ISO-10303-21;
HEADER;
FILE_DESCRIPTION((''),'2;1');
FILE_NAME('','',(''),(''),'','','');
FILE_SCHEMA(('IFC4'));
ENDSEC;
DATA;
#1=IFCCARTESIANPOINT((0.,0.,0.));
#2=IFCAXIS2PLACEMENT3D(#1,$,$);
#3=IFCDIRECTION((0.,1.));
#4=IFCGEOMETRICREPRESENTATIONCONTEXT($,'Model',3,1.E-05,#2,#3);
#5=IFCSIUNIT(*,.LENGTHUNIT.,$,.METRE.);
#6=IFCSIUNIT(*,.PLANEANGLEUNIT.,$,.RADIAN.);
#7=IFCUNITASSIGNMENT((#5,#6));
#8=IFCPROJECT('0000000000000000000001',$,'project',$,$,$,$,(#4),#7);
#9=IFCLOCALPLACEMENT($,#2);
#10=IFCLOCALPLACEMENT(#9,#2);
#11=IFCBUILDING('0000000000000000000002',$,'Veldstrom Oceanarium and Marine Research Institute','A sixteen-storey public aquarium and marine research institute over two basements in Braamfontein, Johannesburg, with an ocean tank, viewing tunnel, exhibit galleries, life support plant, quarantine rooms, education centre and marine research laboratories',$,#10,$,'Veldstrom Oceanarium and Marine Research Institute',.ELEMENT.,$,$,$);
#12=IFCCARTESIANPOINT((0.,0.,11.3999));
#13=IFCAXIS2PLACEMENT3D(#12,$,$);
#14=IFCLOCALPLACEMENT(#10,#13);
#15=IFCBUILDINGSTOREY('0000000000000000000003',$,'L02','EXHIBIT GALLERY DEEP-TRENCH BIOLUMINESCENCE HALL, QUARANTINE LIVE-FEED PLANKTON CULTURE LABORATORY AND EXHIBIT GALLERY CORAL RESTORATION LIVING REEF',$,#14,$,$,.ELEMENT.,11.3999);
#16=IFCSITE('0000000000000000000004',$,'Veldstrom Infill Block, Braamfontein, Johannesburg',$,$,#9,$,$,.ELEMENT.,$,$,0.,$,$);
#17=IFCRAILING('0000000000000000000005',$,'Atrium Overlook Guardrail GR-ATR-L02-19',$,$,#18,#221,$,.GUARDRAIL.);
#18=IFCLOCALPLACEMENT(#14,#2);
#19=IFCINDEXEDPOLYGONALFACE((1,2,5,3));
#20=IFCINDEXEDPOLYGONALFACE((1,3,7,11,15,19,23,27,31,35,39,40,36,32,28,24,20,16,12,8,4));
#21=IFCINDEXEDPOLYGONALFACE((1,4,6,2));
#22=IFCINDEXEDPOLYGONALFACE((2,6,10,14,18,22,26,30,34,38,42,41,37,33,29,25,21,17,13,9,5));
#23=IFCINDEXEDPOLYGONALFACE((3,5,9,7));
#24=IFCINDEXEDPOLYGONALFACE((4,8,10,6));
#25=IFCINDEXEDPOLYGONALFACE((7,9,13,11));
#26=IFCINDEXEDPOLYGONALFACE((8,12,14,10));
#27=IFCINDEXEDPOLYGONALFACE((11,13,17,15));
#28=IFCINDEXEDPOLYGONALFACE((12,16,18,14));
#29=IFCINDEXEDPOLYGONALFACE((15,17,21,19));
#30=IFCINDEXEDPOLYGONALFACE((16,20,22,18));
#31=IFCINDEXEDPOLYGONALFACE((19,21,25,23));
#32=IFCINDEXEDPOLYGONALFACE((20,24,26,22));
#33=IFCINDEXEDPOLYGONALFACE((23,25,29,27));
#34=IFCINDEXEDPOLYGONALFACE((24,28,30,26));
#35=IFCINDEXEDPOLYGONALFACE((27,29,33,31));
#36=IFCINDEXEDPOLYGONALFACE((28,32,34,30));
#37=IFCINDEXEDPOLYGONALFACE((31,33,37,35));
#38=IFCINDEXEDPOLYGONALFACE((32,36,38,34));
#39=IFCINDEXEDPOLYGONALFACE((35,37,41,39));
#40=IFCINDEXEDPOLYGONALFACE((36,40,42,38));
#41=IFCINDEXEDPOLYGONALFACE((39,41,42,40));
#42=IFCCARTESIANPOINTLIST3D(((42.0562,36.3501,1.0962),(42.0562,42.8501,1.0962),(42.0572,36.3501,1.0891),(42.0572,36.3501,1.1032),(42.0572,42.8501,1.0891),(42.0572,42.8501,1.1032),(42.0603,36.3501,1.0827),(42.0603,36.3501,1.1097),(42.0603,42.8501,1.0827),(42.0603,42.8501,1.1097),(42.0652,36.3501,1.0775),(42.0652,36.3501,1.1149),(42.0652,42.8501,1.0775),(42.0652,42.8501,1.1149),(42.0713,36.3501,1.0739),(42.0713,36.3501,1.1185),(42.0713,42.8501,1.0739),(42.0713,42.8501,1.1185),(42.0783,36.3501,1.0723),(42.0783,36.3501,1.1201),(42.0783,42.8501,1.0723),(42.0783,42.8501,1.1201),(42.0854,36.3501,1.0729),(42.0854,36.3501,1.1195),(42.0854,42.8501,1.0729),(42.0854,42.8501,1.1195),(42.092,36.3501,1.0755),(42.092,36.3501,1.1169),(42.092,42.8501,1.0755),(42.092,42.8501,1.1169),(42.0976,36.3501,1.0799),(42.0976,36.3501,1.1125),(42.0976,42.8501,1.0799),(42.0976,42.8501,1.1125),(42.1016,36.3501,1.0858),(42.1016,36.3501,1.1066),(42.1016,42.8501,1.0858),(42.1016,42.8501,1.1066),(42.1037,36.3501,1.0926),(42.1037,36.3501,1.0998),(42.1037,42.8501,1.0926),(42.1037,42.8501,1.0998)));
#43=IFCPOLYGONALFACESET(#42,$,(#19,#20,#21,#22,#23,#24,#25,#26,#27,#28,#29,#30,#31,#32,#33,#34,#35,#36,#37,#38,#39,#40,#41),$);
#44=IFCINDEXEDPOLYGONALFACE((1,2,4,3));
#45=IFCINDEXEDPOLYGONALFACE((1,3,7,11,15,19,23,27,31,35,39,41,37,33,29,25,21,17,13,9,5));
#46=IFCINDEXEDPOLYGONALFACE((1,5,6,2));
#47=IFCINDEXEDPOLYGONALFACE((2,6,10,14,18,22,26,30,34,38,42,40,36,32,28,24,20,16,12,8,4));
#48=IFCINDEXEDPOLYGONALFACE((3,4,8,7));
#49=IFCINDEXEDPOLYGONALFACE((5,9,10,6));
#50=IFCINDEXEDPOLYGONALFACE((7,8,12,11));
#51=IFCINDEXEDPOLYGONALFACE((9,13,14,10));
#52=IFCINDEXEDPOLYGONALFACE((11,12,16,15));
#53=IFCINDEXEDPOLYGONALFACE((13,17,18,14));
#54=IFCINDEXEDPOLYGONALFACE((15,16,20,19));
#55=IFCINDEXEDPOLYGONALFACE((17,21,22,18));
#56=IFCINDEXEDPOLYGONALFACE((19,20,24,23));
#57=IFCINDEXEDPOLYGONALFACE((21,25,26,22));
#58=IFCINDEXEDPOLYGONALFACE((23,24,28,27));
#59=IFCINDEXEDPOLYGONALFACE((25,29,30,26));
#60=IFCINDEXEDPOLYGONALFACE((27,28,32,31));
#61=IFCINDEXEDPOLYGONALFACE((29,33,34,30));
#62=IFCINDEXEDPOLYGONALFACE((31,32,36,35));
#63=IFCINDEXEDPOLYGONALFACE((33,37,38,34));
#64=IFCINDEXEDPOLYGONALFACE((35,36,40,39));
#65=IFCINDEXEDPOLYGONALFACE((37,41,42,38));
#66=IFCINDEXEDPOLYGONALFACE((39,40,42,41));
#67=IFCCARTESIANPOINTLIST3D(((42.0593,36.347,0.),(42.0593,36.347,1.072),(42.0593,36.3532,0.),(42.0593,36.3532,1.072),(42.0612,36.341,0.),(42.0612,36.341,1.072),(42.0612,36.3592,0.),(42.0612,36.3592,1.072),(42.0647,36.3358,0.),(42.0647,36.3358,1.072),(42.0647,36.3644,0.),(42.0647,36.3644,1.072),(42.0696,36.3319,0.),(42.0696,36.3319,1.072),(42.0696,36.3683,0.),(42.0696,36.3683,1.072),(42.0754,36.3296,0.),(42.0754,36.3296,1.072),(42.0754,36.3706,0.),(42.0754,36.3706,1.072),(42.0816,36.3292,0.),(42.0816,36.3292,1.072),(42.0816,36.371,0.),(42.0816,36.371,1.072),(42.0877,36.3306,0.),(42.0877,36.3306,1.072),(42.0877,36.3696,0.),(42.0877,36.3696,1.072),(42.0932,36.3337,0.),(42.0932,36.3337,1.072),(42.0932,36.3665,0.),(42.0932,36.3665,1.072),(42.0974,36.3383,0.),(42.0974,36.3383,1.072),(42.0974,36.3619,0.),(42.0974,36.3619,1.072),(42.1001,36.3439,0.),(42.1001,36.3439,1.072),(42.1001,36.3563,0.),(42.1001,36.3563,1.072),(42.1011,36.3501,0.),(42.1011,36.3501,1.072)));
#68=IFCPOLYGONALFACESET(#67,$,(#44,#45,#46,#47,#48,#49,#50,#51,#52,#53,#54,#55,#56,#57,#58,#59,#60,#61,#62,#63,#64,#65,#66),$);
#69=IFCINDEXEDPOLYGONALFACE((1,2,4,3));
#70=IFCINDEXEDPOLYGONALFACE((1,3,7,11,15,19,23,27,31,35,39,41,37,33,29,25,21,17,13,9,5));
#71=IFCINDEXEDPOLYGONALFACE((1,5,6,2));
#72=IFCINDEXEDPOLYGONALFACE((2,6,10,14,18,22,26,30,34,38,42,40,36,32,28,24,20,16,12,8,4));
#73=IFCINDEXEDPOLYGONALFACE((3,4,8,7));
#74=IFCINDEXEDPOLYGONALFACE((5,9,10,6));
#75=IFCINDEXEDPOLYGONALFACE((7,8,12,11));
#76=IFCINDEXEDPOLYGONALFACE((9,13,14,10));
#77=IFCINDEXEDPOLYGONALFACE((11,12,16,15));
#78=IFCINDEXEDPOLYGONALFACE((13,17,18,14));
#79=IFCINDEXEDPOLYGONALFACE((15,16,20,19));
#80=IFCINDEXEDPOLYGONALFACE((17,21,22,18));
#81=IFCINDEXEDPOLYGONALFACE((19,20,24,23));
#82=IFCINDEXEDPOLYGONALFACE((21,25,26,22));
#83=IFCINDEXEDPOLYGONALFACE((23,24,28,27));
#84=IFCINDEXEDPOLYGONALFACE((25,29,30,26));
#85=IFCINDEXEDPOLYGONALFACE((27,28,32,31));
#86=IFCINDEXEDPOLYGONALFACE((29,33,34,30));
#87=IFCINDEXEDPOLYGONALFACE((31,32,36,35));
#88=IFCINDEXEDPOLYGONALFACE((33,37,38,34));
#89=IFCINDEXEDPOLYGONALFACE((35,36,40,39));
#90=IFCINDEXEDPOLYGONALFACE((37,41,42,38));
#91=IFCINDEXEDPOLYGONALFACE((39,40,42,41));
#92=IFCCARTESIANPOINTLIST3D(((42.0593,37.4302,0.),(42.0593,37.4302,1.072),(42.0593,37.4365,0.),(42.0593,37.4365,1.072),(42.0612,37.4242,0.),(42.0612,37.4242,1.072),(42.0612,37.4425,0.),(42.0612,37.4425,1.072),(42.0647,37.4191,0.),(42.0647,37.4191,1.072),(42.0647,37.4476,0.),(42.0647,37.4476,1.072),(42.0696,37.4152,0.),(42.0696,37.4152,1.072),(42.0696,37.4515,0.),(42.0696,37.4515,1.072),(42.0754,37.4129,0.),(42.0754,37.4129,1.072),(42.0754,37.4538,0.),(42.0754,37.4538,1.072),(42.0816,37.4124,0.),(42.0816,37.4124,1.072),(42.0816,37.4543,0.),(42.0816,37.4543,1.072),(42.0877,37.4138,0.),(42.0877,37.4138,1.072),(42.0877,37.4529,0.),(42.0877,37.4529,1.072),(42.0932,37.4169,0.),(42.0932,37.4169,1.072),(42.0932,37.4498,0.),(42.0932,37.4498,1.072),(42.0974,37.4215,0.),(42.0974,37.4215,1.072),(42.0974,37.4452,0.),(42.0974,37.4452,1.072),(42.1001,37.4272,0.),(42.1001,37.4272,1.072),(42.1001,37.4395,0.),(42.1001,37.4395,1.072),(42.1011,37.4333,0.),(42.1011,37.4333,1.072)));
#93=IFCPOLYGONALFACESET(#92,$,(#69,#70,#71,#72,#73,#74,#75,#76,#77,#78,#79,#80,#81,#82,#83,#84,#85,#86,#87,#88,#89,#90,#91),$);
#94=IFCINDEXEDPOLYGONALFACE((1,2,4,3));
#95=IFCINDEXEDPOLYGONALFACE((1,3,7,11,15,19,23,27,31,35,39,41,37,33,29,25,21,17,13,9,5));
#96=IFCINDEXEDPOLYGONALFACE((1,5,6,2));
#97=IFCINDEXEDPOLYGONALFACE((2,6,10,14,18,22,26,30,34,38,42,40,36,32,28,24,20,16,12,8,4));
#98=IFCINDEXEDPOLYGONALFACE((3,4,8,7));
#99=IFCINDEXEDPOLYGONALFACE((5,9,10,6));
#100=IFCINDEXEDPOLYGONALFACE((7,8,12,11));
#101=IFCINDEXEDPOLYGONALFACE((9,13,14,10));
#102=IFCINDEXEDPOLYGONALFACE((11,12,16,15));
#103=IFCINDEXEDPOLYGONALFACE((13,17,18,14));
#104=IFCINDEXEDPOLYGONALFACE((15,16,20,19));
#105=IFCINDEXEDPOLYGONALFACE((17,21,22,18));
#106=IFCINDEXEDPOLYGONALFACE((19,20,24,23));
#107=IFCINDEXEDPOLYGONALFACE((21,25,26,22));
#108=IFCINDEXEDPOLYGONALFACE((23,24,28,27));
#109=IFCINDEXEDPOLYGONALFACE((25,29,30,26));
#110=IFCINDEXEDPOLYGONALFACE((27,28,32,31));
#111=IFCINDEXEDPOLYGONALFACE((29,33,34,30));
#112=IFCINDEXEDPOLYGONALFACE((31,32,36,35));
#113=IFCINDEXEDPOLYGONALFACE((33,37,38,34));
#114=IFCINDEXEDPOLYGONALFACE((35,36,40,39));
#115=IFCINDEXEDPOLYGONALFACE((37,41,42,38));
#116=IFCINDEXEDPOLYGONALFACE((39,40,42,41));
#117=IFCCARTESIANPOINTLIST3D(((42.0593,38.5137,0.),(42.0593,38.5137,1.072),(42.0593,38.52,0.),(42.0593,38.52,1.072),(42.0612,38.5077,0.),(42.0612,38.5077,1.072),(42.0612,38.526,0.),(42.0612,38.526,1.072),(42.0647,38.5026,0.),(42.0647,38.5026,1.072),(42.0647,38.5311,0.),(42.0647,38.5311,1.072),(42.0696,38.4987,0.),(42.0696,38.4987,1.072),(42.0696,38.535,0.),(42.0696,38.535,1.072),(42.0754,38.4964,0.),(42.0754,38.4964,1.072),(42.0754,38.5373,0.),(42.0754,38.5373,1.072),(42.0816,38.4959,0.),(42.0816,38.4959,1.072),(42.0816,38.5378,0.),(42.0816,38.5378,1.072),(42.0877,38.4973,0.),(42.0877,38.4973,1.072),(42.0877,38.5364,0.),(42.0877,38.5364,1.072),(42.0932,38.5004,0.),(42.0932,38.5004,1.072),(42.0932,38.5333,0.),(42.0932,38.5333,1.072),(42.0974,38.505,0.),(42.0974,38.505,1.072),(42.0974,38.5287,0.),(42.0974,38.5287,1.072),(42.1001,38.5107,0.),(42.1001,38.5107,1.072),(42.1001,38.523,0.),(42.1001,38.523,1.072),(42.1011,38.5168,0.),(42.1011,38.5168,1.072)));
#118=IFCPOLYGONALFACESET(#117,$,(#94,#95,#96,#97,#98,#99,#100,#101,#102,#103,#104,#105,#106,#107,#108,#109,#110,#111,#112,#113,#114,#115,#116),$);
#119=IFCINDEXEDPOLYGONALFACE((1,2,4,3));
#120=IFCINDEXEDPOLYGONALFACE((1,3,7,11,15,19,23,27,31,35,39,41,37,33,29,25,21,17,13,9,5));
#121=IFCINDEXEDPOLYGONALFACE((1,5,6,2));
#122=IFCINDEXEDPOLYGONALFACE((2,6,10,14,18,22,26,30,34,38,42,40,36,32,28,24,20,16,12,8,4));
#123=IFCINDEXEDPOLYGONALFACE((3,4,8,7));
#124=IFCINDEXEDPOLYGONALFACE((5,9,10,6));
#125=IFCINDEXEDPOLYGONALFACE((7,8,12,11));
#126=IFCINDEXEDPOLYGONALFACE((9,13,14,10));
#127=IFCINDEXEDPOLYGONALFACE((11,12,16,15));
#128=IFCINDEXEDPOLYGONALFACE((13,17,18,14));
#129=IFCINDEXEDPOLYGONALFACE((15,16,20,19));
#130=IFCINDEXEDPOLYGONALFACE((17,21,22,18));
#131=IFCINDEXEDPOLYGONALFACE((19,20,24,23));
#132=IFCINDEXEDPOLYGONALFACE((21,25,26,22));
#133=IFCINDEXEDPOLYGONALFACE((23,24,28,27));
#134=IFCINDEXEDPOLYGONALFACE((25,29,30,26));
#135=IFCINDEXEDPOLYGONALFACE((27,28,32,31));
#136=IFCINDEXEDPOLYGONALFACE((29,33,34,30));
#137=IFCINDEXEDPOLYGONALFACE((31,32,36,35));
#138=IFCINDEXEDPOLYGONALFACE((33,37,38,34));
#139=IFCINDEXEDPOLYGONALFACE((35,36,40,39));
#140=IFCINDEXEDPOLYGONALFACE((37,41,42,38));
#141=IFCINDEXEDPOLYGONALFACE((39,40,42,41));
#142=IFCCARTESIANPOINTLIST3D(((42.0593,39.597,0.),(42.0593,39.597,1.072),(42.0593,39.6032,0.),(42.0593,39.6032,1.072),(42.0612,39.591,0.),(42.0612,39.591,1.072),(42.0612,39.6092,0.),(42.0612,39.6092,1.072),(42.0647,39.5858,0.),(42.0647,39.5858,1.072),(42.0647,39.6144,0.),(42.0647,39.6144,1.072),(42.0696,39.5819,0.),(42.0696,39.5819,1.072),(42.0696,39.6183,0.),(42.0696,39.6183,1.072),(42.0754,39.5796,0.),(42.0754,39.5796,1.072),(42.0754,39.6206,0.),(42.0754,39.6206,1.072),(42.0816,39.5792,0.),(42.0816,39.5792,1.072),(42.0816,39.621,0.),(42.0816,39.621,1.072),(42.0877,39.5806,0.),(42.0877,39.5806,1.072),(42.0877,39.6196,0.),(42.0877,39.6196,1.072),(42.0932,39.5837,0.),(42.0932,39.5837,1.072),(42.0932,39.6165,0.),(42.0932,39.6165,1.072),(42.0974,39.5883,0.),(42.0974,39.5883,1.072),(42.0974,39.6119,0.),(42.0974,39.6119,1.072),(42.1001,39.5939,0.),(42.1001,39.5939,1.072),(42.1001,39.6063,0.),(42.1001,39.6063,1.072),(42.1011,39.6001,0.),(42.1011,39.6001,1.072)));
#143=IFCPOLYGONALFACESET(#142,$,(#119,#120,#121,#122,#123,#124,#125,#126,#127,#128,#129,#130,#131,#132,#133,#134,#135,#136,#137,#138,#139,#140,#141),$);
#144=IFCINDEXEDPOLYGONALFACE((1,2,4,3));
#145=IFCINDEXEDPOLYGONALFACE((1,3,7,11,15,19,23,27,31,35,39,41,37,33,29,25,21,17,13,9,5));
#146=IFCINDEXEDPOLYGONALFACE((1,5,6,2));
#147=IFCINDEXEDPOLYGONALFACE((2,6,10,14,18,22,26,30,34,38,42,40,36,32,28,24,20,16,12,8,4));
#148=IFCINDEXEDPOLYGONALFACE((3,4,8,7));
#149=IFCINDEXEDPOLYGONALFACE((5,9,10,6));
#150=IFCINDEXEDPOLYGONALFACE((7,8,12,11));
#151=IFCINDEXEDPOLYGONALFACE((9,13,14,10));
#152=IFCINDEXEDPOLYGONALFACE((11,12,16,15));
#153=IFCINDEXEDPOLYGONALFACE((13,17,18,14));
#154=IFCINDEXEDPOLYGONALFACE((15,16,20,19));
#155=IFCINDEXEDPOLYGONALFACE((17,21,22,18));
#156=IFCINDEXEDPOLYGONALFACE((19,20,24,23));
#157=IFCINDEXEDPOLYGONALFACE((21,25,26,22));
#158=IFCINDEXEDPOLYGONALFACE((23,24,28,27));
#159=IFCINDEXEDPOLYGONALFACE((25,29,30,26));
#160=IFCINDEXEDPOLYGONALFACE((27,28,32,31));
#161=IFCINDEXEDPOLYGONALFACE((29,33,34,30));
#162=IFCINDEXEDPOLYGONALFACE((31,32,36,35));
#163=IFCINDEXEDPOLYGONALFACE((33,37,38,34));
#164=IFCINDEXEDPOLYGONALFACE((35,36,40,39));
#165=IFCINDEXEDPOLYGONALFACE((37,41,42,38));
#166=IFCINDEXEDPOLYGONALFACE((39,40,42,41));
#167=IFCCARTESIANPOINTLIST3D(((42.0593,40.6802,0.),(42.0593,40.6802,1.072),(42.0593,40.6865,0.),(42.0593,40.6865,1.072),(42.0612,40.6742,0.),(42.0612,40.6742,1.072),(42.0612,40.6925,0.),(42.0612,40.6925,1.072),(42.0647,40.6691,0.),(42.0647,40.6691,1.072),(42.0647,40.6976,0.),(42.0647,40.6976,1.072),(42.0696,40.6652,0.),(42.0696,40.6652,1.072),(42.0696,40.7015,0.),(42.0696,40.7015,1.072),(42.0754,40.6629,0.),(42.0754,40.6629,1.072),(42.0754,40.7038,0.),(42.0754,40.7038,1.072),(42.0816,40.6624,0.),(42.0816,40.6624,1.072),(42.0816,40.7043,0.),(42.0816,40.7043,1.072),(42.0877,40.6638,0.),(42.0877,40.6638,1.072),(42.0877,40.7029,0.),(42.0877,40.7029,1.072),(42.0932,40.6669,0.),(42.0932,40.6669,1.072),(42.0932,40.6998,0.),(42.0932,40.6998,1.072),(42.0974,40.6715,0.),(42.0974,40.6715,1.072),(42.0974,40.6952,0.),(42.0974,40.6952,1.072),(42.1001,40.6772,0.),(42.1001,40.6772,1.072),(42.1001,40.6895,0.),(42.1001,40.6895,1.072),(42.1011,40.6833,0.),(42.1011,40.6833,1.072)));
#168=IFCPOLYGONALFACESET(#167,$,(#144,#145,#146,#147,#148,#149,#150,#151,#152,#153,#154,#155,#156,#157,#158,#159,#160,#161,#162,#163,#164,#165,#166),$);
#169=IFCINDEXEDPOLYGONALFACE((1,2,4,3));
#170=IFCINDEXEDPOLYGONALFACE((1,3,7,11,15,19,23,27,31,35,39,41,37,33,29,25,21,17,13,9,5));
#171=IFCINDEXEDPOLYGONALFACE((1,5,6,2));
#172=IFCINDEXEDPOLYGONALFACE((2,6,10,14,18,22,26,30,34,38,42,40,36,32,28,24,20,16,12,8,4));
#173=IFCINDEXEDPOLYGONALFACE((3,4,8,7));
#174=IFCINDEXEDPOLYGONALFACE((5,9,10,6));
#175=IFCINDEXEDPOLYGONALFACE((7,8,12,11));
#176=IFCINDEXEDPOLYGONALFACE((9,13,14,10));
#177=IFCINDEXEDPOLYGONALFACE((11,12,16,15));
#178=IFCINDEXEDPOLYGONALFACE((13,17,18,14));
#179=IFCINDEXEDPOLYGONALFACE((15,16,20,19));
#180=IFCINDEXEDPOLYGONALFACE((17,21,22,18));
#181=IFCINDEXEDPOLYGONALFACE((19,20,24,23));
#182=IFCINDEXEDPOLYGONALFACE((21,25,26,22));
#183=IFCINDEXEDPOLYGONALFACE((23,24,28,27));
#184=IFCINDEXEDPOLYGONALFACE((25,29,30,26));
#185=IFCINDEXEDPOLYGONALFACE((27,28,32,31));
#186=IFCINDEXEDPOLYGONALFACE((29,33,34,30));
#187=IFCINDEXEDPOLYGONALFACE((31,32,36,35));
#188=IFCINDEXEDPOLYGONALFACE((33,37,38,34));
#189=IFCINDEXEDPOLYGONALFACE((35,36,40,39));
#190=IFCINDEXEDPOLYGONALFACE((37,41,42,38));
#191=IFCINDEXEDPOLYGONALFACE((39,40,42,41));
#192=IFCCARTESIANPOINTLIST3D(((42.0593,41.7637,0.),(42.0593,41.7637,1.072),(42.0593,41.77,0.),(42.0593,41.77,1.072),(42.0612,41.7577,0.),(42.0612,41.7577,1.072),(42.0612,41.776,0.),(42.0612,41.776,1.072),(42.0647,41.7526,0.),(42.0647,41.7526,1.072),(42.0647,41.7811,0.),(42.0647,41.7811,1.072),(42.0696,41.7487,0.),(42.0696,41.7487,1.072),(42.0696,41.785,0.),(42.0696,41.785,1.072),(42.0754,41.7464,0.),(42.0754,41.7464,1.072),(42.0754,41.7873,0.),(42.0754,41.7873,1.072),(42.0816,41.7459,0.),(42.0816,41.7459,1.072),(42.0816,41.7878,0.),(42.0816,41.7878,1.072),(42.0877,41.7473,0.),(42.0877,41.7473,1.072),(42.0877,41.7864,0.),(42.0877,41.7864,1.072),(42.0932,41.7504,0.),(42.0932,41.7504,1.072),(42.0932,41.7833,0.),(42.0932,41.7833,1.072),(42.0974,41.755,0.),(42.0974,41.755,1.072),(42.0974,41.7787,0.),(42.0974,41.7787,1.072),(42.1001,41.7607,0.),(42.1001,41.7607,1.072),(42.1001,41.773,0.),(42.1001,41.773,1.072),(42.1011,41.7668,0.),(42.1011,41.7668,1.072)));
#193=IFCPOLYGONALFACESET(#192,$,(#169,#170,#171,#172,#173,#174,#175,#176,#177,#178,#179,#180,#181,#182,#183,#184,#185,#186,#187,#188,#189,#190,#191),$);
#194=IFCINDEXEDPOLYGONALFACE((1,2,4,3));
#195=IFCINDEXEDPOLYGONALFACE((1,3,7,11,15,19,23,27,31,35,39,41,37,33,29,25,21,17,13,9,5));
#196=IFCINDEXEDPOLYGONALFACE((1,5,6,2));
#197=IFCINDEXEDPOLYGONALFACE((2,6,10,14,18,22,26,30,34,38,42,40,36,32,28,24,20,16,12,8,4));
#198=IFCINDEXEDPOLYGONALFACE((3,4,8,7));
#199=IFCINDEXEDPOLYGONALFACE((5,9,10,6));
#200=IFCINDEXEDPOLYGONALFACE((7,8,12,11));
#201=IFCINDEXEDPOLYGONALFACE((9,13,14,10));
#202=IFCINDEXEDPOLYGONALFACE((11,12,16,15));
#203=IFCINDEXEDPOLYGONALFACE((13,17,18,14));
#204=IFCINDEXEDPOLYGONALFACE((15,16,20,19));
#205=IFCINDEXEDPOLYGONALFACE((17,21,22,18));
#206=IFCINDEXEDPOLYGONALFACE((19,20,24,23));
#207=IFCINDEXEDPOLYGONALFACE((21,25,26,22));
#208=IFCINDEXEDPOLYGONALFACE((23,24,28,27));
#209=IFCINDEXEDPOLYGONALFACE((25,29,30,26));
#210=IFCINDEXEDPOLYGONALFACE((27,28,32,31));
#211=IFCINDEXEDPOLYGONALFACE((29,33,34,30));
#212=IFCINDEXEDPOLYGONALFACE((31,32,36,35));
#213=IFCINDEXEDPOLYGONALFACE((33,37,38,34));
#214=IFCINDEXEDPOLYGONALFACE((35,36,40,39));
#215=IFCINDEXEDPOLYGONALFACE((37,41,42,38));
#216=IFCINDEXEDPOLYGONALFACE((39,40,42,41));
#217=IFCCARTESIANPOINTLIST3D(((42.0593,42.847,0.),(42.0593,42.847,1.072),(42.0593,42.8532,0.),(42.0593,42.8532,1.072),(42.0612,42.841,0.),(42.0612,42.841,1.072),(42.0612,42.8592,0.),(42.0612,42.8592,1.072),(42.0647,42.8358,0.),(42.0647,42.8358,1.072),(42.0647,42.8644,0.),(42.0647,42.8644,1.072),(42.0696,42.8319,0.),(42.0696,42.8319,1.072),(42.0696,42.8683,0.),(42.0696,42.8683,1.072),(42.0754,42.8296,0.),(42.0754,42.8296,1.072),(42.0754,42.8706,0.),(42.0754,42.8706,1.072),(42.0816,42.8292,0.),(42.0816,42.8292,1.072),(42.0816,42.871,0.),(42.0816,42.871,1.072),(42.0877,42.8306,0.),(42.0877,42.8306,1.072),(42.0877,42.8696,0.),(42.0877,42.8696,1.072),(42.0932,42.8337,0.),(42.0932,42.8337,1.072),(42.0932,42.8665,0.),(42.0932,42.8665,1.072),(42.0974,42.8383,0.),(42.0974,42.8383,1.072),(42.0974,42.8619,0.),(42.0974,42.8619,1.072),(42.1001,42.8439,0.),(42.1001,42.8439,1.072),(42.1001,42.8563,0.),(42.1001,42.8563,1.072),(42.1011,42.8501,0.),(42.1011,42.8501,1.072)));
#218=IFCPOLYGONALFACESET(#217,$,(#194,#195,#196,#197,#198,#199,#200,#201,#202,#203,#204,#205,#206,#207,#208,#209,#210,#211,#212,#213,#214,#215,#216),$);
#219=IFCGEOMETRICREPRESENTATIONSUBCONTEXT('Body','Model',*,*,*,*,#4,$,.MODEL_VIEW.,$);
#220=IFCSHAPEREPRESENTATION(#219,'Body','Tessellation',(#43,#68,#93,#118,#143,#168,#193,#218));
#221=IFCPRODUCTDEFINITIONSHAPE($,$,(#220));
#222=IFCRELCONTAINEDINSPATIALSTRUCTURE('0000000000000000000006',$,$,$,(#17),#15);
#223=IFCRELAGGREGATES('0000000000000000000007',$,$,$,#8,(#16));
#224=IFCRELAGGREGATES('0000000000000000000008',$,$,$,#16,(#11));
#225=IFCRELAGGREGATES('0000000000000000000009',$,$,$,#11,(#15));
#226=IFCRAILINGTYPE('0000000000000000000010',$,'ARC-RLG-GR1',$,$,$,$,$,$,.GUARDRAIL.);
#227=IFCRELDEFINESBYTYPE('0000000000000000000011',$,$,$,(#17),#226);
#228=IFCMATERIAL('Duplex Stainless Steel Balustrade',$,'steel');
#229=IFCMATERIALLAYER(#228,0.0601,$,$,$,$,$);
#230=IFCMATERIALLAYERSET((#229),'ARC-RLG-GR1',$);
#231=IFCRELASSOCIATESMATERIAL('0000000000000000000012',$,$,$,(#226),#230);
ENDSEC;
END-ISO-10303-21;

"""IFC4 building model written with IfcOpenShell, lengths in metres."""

from ifc_helpers import new_model, si_unit, direction, frame, origin, origin_2d, place, context, subcontext, project, spatial, circle, extrude, material, layer, layer_set, type_object, element, save


model = new_model("IFC4")

# Units and contexts
model_context = context("Model", 3, precision=1e-05, world=origin(), true_north=direction((0.0, 1.0)))
body_context = subcontext(model_context, "Body", "Model", "MODEL_VIEW")
ifc_project = project(units=[si_unit("LENGTHUNIT", "METRE"), si_unit("PLANEANGLEUNIT", "RADIAN")], contexts=[model_context])

# Site, building, storey
site_placement = place(None, origin())
site = spatial("IfcSite", under=ifc_project, at=site_placement, Name="Veldstrom Infill Block, Braamfontein, Johannesburg", CompositionType="ELEMENT", RefElevation=0.0)
building_placement = place(site_placement, origin())
building = spatial("IfcBuilding", under=site, at=building_placement, Name="Veldstrom Oceanarium and Marine Research Institute", Description="A sixteen-storey public aquarium and marine research institute over two basements in Braamfontein, Johannesburg, with an ocean tank, viewing tunnel, exhibit galleries, life support plant, quarantine rooms, education centre and marine research laboratories", LongName="Veldstrom Oceanarium and Marine Research Institute", CompositionType="ELEMENT")
storey_placement = place(building_placement, frame((0.0, 0.0, 11.3999)))
storey = spatial("IfcBuildingStorey", under=building, at=storey_placement, Name="L02", Description="EXHIBIT GALLERY DEEP-TRENCH BIOLUMINESCENCE HALL, QUARANTINE LIVE-FEED PLANKTON CULTURE LABORATORY AND EXHIBIT GALLERY CORAL RESTORATION LIVING REEF", CompositionType="ELEMENT", Elevation=11.3999)

# Railing
ifc_material_1 = material(Name="Duplex Stainless Steel Balustrade", Category="steel")
ifc_layer_1 = layer(ifc_material_1, 0.0601)
ifc_layer_set_1 = layer_set([ifc_layer_1], Name="ARC-RLG-GR1")
railing_type = type_object("IfcRailingType", Name="ARC-RLG-GR1", PredefinedType="GUARDRAIL", material=ifc_layer_set_1)
railing_placement = place(storey_placement, frame((42.0801, 36.3501, 0.0)))
element("IfcRailing", 1, at=railing_placement, inside=storey, type_object=railing_type, Name="Atrium Overlook Guardrail GR-ATR-L02-19", PredefinedType="GUARDRAIL", context=body_context, shape_type="SweptSolid", body=[
    extrude(circle(Radius=0.0239, at=origin_2d()), frame((0.0, 0.0, 1.0962), z_axis=(0.0, 1.0, 0.0), x_axis=(-1.0, 0.0, 0.0)), (0.0, 0.0, 1.0), 6.5),
    extrude(circle(Radius=0.021, at=origin_2d()), origin(), (0.0, 0.0, 1.0), 1.072),
    extrude(circle(Radius=0.021, at=origin_2d()), frame((0.0, 1.0833, 0.0)), (0.0, 0.0, 1.0), 1.072),
    extrude(circle(Radius=0.021, at=origin_2d()), frame((0.0, 2.1667, 0.0)), (0.0, 0.0, 1.0), 1.072),
    extrude(circle(Radius=0.021, at=origin_2d()), frame((0.0, 3.25, 0.0)), (0.0, 0.0, 1.0), 1.072),
    extrude(circle(Radius=0.021, at=origin_2d()), frame((0.0, 4.3333, 0.0)), (0.0, 0.0, 1.0), 1.072),
    extrude(circle(Radius=0.021, at=origin_2d()), frame((0.0, 5.4167, 0.0)), (0.0, 0.0, 1.0), 1.072),
    extrude(circle(Radius=0.021, at=origin_2d()), frame((0.0, 6.5, 0.0)), (0.0, 0.0, 1.0), 1.072),
])

save(model, "model.ifc")
